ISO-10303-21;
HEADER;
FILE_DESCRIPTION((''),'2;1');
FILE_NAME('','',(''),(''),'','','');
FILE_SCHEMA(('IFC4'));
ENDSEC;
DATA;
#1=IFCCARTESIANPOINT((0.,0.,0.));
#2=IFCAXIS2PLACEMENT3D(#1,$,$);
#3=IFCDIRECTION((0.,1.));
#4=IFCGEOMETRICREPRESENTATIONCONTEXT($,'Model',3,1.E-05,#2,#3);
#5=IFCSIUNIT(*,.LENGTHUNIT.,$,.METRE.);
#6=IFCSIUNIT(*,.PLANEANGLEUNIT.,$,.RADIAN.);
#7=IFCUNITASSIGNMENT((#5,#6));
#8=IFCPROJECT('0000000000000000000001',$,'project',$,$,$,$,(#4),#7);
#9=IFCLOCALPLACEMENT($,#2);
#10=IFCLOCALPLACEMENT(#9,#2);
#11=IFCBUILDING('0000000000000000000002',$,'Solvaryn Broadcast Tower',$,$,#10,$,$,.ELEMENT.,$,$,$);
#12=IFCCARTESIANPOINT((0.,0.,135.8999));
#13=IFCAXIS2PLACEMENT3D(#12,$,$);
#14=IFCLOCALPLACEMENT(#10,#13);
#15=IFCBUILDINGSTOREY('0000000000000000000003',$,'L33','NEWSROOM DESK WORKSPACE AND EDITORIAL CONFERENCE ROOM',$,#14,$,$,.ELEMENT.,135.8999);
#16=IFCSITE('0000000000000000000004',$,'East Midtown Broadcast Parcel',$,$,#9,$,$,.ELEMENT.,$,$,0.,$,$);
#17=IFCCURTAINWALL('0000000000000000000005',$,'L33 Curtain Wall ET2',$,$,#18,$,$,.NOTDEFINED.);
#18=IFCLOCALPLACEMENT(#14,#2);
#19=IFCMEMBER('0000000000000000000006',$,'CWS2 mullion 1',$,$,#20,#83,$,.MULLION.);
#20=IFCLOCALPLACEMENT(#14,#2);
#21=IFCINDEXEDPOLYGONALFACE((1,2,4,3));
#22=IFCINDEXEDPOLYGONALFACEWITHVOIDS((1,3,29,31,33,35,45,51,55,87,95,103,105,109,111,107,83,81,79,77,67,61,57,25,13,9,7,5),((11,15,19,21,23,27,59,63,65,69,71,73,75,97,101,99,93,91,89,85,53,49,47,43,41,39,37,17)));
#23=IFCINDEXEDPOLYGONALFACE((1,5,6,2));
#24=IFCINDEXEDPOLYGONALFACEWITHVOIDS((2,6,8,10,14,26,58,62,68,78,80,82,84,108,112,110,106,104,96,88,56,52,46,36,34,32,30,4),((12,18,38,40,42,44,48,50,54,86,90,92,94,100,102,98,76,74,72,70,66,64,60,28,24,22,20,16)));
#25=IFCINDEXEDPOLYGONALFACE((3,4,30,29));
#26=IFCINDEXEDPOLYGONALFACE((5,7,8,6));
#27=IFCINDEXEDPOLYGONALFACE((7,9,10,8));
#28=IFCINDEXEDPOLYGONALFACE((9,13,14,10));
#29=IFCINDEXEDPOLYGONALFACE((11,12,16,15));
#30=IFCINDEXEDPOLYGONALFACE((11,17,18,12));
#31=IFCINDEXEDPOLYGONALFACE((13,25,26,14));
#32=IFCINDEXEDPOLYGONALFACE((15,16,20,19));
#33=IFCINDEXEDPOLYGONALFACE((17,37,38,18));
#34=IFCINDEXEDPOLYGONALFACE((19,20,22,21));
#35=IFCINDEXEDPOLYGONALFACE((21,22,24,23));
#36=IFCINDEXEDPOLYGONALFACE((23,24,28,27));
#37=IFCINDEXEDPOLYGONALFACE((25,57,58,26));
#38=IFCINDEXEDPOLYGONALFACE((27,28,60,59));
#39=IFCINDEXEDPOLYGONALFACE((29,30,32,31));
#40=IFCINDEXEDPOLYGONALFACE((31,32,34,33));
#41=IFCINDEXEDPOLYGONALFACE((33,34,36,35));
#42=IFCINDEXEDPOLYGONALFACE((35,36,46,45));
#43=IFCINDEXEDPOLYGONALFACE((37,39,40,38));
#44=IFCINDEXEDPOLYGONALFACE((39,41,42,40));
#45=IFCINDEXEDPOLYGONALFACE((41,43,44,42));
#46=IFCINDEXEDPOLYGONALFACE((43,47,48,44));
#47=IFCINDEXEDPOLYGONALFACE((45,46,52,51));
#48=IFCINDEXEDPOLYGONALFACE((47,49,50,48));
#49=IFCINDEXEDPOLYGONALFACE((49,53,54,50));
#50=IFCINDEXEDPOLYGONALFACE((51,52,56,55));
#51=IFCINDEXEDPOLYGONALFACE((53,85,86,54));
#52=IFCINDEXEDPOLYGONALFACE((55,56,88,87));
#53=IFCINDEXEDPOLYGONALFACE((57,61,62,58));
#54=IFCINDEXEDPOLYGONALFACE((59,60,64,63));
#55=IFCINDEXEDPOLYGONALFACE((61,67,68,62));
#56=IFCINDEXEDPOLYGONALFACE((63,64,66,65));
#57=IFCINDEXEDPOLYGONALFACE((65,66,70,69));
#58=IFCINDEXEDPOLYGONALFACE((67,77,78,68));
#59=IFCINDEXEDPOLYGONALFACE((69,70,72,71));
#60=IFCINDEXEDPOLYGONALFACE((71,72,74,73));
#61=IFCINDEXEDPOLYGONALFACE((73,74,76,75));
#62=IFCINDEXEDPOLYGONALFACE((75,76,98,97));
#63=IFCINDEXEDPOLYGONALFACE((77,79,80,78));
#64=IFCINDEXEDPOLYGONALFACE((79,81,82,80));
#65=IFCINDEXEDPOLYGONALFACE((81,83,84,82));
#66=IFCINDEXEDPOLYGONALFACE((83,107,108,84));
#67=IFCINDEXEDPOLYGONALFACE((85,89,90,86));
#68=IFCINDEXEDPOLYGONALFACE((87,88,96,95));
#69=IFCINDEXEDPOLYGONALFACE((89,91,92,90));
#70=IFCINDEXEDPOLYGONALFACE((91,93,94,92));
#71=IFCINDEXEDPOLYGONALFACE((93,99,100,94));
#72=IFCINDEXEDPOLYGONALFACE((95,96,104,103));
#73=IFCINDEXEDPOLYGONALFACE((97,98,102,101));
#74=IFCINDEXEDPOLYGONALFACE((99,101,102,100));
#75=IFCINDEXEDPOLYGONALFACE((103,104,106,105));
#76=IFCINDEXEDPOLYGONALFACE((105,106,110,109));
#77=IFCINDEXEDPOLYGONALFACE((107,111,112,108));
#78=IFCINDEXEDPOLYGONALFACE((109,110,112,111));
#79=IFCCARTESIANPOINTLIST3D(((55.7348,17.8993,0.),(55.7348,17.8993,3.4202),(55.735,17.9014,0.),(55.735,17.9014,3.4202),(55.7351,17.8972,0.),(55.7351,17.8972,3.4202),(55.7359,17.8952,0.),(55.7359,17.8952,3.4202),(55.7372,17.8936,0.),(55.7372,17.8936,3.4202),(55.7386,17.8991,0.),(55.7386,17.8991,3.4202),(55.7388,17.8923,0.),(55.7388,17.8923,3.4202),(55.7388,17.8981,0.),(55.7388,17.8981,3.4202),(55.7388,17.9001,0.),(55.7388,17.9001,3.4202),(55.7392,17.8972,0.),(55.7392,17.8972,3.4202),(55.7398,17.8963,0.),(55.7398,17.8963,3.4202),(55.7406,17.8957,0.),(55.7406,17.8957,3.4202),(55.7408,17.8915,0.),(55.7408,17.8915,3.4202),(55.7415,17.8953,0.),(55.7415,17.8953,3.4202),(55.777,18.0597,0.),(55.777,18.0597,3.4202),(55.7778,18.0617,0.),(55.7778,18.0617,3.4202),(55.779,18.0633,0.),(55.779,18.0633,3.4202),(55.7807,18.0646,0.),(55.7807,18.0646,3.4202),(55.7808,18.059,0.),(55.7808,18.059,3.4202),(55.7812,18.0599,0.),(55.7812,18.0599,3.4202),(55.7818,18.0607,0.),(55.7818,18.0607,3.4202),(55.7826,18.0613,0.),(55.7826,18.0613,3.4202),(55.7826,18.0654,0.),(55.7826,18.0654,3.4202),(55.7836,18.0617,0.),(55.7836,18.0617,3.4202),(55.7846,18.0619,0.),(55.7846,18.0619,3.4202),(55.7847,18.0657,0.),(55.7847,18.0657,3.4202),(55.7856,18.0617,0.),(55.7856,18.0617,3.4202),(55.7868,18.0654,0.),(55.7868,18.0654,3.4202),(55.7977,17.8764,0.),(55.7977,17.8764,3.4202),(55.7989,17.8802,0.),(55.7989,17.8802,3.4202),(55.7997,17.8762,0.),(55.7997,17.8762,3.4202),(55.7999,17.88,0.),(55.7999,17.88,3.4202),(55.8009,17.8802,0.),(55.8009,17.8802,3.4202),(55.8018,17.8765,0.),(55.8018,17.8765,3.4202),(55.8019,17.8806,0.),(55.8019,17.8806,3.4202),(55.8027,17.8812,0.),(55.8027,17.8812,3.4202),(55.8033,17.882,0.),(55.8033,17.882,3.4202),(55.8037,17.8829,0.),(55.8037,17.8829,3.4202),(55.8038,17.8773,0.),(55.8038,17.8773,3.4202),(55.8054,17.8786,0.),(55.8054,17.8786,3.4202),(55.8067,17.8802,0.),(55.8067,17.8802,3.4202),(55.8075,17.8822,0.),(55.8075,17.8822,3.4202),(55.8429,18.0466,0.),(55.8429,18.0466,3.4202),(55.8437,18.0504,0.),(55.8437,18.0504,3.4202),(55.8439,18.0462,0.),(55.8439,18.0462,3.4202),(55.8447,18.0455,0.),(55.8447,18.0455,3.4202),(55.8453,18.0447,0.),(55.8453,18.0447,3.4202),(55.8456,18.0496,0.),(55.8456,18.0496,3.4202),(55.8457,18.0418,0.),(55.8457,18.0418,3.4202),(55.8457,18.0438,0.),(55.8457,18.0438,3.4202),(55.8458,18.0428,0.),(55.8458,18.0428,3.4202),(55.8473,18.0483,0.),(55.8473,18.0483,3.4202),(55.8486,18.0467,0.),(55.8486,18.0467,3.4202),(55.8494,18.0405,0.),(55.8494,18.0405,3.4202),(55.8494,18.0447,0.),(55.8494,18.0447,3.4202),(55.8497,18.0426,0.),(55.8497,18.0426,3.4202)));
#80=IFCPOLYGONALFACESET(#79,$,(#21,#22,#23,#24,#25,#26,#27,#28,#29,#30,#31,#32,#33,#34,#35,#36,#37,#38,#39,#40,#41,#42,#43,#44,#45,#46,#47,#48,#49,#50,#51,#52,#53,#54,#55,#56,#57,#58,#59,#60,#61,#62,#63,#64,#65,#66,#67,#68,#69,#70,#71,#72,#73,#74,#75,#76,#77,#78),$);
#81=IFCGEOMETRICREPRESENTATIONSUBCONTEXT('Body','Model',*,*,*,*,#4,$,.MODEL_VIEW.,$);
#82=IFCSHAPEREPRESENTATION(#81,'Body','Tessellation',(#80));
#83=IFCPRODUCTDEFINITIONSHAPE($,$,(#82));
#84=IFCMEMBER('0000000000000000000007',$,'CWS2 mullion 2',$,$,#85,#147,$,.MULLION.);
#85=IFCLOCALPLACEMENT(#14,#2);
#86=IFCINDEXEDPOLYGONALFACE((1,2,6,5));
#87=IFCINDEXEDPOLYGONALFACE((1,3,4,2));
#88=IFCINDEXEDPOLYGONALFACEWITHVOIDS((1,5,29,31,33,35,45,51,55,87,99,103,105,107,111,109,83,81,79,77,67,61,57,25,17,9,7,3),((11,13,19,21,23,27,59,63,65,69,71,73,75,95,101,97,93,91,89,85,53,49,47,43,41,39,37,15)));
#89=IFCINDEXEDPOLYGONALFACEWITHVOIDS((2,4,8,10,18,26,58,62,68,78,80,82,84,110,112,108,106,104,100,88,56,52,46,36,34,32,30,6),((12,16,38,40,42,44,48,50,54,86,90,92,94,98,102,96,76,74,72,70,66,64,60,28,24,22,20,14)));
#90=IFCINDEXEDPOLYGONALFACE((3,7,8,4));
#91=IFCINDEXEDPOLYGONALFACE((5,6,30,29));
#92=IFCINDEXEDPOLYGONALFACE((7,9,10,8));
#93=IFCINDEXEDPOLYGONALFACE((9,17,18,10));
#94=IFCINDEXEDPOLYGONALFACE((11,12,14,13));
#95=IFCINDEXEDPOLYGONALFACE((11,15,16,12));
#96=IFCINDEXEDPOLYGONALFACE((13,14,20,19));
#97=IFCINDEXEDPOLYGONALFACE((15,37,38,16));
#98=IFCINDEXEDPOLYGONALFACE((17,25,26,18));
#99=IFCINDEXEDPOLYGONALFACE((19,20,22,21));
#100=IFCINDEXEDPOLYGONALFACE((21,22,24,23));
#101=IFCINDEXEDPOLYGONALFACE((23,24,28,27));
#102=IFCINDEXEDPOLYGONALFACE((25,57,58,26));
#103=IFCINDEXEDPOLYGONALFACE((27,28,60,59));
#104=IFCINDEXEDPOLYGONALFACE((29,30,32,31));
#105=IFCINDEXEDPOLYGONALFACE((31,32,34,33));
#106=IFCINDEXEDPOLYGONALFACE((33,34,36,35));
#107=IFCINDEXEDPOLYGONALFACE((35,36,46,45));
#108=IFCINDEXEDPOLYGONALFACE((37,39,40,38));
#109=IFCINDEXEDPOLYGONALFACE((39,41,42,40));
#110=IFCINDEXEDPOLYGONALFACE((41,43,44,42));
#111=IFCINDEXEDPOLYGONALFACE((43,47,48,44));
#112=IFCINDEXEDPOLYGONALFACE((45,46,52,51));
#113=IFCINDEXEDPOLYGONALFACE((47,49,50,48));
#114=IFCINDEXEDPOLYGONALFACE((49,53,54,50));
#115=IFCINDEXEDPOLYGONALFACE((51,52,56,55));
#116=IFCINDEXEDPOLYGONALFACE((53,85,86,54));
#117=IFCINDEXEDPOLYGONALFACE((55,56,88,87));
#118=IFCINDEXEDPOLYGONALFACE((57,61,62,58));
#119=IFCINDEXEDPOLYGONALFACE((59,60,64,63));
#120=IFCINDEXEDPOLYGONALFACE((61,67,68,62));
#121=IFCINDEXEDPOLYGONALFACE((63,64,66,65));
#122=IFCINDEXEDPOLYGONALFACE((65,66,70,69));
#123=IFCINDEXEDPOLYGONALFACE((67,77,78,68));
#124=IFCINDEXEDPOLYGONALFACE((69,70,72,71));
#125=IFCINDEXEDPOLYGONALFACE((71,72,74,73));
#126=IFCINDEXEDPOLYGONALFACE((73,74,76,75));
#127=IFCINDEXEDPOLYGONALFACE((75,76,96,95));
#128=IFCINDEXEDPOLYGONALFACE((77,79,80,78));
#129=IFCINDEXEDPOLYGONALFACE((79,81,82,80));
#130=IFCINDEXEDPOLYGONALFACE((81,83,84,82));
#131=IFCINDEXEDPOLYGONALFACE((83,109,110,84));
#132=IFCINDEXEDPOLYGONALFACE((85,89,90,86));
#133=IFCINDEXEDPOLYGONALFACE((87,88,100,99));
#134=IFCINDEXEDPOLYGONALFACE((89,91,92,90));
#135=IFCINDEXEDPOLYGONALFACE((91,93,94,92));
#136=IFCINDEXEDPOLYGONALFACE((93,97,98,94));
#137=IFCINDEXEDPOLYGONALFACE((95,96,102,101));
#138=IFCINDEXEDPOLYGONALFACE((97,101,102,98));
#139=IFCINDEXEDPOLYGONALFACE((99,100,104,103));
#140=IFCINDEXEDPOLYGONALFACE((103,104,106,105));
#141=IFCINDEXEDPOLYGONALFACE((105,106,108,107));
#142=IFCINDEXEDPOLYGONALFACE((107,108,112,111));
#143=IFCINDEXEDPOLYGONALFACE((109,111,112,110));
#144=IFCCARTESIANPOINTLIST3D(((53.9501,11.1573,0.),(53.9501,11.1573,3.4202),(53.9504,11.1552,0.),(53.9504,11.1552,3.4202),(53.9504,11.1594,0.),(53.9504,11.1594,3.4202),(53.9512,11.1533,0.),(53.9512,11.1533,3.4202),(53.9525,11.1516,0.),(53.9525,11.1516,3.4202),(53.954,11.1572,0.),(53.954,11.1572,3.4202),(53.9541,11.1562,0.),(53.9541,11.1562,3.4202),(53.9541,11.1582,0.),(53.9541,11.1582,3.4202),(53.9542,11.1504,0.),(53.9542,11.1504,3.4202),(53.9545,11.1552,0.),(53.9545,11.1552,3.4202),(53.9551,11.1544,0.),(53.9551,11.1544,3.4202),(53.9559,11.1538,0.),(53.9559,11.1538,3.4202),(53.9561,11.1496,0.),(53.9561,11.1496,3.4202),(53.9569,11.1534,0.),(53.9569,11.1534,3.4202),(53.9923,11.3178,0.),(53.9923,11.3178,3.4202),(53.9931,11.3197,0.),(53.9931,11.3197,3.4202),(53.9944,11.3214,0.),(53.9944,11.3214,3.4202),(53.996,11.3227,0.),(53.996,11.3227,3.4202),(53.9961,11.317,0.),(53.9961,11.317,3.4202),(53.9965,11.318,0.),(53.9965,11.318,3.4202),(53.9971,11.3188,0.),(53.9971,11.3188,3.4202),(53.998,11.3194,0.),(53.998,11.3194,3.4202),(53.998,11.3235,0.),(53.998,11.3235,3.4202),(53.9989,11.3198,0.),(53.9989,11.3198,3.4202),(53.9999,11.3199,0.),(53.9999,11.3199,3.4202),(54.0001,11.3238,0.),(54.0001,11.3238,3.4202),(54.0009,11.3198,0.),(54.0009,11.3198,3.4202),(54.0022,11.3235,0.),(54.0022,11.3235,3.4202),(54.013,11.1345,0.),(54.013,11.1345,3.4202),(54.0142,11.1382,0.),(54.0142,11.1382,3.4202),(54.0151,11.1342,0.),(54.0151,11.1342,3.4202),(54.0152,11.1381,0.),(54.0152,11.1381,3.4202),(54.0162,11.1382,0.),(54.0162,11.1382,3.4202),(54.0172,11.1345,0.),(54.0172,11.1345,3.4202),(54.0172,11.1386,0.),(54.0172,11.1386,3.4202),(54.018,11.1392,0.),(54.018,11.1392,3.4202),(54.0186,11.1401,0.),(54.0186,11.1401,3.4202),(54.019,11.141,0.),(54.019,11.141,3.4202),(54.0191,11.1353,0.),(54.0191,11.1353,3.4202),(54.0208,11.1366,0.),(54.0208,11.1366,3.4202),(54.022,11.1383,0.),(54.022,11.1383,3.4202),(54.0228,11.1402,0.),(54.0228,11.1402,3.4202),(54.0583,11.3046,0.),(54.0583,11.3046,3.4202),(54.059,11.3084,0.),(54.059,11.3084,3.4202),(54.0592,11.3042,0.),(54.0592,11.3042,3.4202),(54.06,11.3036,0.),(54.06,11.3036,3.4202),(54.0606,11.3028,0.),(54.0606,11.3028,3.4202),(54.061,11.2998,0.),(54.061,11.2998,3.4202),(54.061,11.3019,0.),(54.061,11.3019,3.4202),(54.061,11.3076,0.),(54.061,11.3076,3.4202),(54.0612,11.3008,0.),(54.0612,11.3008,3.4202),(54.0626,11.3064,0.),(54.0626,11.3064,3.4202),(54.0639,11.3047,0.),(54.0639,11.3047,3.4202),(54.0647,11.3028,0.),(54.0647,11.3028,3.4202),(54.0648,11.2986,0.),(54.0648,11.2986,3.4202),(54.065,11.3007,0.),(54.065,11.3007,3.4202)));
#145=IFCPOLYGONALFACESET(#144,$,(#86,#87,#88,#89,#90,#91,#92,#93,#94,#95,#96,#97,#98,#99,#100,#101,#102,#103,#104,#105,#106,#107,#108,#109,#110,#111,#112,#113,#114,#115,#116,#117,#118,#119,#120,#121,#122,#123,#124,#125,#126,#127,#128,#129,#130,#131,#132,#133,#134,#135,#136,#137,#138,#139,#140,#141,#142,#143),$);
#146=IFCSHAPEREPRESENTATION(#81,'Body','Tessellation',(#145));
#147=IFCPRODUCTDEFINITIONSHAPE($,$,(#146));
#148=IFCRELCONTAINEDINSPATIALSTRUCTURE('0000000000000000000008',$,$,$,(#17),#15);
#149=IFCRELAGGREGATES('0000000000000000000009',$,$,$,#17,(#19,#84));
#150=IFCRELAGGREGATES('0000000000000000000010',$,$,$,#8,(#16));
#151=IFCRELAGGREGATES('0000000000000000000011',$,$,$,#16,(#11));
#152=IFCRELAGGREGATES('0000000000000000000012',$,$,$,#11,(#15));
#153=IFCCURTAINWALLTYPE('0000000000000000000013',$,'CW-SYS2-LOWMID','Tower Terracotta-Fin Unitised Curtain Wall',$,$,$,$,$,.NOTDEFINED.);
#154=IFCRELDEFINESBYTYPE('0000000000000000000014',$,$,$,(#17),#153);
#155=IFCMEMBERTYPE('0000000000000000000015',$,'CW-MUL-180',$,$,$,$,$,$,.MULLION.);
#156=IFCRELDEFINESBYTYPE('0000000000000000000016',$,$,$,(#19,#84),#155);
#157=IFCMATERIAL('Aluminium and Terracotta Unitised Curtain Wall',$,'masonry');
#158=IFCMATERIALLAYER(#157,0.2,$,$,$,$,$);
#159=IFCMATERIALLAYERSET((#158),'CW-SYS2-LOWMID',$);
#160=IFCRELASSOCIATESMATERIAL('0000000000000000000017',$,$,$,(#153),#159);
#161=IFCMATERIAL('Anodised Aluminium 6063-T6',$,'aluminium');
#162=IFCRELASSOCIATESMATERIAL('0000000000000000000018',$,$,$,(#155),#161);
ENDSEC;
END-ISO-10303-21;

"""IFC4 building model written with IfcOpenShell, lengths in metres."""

from ifc_helpers import new_model, si_unit, direction, frame, origin, origin_2d, place, context, subcontext, project, spatial, hollow_rectangle, extrude, material, layer, layer_set, material_profile, profile_set, type_object, element, aggregate, save


model = new_model("IFC4")

# Units and contexts
model_context = context("Model", 3, precision=1e-05, world=origin(), true_north=direction((0.0, 1.0)))
body_context = subcontext(model_context, "Body", "Model", "MODEL_VIEW")
ifc_project = project(units=[si_unit("LENGTHUNIT", "METRE"), si_unit("PLANEANGLEUNIT", "RADIAN")], contexts=[model_context])

# Site, building, storey
site_placement = place(None, origin())
site = spatial("IfcSite", under=ifc_project, at=site_placement, Name="East Midtown Broadcast Parcel", CompositionType="ELEMENT", RefElevation=0.0)
building_placement = place(site_placement, origin())
building = spatial("IfcBuilding", under=site, at=building_placement, Name="Solvaryn Broadcast Tower", CompositionType="ELEMENT")
storey_placement = place(building_placement, frame((0.0, 0.0, 135.8999)))
storey = spatial("IfcBuildingStorey", under=building, at=storey_placement, Name="L33", Description="NEWSROOM DESK WORKSPACE AND EDITORIAL CONFERENCE ROOM", CompositionType="ELEMENT", Elevation=135.8999)

# Shared definitions
ifc_material_1 = material(Name="Aluminium and Terracotta Unitised Curtain Wall", Category="masonry")
ifc_layer_1 = layer(ifc_material_1, 0.2)
ifc_layer_set_1 = layer_set([ifc_layer_1], Name="CW-SYS2-LOWMID")
curtain_wall_type = type_object("IfcCurtainWallType", Name="CW-SYS2-LOWMID", Description="Tower Terracotta-Fin Unitised Curtain Wall", PredefinedType="NOTDEFINED", material=ifc_layer_set_1)
ifc_material_2 = material(Name="Anodised Aluminium 6063-T6", Category="aluminium")
ifc_material_profile_1 = material_profile(ifc_material_2, hollow_rectangle(XDim=0.075, YDim=0.1799, WallThickness=0.0039, InnerFilletRadius=0.0039, OuterFilletRadius=0.0081, at=origin_2d()))
ifc_profile_set_1 = profile_set([ifc_material_profile_1], Name="Anodised Aluminium 6063-T6")
member_type_1 = type_object("IfcMemberType", Name="CW-MUL-180", PredefinedType="MULLION", material=ifc_profile_set_1)

# Curtain wall, members
curtain_wall_1_placement = place(storey_placement, origin())
curtain_wall_1 = element("IfcCurtainWall", 1, at=curtain_wall_1_placement, inside=storey, type_object=curtain_wall_type, Name="L33 Curtain Wall ET2", PredefinedType="NOTDEFINED")
member_1_placement = place(storey_placement, frame((55.7922, 17.9709, 0.0), z_axis=(0.0, 0.0, 1.0), x_axis=(0.966705, -0.255893, 0.0)))
member_1 = element("IfcMember", 2, at=member_1_placement, type_object=member_type_1, Name="CWS2 mullion 1", PredefinedType="MULLION", context=body_context, shape_type="SweptSolid", body=[
    extrude(hollow_rectangle(XDim=0.075, YDim=0.1799, WallThickness=0.0039, InnerFilletRadius=0.0039, OuterFilletRadius=0.0081, at=origin_2d()), origin(), (0.0, 0.0, 1.0), 3.4202),
])
member_2_placement = place(storey_placement, frame((54.0076, 11.229, 0.0), z_axis=(0.0, 0.0, 1.0), x_axis=(0.966705, -0.255893, 0.0)))
member_2 = element("IfcMember", 3, at=member_2_placement, type_object=member_type_1, Name="CWS2 mullion 2", PredefinedType="MULLION", context=body_context, shape_type="SweptSolid", body=[
    extrude(hollow_rectangle(XDim=0.075, YDim=0.1799, WallThickness=0.0039, InnerFilletRadius=0.0039, OuterFilletRadius=0.0081, at=origin_2d()), origin(), (0.0, 0.0, 1.0), 3.4202),
])

aggregate(curtain_wall_1, [member_1, member_2])

save(model, "model.ifc")
